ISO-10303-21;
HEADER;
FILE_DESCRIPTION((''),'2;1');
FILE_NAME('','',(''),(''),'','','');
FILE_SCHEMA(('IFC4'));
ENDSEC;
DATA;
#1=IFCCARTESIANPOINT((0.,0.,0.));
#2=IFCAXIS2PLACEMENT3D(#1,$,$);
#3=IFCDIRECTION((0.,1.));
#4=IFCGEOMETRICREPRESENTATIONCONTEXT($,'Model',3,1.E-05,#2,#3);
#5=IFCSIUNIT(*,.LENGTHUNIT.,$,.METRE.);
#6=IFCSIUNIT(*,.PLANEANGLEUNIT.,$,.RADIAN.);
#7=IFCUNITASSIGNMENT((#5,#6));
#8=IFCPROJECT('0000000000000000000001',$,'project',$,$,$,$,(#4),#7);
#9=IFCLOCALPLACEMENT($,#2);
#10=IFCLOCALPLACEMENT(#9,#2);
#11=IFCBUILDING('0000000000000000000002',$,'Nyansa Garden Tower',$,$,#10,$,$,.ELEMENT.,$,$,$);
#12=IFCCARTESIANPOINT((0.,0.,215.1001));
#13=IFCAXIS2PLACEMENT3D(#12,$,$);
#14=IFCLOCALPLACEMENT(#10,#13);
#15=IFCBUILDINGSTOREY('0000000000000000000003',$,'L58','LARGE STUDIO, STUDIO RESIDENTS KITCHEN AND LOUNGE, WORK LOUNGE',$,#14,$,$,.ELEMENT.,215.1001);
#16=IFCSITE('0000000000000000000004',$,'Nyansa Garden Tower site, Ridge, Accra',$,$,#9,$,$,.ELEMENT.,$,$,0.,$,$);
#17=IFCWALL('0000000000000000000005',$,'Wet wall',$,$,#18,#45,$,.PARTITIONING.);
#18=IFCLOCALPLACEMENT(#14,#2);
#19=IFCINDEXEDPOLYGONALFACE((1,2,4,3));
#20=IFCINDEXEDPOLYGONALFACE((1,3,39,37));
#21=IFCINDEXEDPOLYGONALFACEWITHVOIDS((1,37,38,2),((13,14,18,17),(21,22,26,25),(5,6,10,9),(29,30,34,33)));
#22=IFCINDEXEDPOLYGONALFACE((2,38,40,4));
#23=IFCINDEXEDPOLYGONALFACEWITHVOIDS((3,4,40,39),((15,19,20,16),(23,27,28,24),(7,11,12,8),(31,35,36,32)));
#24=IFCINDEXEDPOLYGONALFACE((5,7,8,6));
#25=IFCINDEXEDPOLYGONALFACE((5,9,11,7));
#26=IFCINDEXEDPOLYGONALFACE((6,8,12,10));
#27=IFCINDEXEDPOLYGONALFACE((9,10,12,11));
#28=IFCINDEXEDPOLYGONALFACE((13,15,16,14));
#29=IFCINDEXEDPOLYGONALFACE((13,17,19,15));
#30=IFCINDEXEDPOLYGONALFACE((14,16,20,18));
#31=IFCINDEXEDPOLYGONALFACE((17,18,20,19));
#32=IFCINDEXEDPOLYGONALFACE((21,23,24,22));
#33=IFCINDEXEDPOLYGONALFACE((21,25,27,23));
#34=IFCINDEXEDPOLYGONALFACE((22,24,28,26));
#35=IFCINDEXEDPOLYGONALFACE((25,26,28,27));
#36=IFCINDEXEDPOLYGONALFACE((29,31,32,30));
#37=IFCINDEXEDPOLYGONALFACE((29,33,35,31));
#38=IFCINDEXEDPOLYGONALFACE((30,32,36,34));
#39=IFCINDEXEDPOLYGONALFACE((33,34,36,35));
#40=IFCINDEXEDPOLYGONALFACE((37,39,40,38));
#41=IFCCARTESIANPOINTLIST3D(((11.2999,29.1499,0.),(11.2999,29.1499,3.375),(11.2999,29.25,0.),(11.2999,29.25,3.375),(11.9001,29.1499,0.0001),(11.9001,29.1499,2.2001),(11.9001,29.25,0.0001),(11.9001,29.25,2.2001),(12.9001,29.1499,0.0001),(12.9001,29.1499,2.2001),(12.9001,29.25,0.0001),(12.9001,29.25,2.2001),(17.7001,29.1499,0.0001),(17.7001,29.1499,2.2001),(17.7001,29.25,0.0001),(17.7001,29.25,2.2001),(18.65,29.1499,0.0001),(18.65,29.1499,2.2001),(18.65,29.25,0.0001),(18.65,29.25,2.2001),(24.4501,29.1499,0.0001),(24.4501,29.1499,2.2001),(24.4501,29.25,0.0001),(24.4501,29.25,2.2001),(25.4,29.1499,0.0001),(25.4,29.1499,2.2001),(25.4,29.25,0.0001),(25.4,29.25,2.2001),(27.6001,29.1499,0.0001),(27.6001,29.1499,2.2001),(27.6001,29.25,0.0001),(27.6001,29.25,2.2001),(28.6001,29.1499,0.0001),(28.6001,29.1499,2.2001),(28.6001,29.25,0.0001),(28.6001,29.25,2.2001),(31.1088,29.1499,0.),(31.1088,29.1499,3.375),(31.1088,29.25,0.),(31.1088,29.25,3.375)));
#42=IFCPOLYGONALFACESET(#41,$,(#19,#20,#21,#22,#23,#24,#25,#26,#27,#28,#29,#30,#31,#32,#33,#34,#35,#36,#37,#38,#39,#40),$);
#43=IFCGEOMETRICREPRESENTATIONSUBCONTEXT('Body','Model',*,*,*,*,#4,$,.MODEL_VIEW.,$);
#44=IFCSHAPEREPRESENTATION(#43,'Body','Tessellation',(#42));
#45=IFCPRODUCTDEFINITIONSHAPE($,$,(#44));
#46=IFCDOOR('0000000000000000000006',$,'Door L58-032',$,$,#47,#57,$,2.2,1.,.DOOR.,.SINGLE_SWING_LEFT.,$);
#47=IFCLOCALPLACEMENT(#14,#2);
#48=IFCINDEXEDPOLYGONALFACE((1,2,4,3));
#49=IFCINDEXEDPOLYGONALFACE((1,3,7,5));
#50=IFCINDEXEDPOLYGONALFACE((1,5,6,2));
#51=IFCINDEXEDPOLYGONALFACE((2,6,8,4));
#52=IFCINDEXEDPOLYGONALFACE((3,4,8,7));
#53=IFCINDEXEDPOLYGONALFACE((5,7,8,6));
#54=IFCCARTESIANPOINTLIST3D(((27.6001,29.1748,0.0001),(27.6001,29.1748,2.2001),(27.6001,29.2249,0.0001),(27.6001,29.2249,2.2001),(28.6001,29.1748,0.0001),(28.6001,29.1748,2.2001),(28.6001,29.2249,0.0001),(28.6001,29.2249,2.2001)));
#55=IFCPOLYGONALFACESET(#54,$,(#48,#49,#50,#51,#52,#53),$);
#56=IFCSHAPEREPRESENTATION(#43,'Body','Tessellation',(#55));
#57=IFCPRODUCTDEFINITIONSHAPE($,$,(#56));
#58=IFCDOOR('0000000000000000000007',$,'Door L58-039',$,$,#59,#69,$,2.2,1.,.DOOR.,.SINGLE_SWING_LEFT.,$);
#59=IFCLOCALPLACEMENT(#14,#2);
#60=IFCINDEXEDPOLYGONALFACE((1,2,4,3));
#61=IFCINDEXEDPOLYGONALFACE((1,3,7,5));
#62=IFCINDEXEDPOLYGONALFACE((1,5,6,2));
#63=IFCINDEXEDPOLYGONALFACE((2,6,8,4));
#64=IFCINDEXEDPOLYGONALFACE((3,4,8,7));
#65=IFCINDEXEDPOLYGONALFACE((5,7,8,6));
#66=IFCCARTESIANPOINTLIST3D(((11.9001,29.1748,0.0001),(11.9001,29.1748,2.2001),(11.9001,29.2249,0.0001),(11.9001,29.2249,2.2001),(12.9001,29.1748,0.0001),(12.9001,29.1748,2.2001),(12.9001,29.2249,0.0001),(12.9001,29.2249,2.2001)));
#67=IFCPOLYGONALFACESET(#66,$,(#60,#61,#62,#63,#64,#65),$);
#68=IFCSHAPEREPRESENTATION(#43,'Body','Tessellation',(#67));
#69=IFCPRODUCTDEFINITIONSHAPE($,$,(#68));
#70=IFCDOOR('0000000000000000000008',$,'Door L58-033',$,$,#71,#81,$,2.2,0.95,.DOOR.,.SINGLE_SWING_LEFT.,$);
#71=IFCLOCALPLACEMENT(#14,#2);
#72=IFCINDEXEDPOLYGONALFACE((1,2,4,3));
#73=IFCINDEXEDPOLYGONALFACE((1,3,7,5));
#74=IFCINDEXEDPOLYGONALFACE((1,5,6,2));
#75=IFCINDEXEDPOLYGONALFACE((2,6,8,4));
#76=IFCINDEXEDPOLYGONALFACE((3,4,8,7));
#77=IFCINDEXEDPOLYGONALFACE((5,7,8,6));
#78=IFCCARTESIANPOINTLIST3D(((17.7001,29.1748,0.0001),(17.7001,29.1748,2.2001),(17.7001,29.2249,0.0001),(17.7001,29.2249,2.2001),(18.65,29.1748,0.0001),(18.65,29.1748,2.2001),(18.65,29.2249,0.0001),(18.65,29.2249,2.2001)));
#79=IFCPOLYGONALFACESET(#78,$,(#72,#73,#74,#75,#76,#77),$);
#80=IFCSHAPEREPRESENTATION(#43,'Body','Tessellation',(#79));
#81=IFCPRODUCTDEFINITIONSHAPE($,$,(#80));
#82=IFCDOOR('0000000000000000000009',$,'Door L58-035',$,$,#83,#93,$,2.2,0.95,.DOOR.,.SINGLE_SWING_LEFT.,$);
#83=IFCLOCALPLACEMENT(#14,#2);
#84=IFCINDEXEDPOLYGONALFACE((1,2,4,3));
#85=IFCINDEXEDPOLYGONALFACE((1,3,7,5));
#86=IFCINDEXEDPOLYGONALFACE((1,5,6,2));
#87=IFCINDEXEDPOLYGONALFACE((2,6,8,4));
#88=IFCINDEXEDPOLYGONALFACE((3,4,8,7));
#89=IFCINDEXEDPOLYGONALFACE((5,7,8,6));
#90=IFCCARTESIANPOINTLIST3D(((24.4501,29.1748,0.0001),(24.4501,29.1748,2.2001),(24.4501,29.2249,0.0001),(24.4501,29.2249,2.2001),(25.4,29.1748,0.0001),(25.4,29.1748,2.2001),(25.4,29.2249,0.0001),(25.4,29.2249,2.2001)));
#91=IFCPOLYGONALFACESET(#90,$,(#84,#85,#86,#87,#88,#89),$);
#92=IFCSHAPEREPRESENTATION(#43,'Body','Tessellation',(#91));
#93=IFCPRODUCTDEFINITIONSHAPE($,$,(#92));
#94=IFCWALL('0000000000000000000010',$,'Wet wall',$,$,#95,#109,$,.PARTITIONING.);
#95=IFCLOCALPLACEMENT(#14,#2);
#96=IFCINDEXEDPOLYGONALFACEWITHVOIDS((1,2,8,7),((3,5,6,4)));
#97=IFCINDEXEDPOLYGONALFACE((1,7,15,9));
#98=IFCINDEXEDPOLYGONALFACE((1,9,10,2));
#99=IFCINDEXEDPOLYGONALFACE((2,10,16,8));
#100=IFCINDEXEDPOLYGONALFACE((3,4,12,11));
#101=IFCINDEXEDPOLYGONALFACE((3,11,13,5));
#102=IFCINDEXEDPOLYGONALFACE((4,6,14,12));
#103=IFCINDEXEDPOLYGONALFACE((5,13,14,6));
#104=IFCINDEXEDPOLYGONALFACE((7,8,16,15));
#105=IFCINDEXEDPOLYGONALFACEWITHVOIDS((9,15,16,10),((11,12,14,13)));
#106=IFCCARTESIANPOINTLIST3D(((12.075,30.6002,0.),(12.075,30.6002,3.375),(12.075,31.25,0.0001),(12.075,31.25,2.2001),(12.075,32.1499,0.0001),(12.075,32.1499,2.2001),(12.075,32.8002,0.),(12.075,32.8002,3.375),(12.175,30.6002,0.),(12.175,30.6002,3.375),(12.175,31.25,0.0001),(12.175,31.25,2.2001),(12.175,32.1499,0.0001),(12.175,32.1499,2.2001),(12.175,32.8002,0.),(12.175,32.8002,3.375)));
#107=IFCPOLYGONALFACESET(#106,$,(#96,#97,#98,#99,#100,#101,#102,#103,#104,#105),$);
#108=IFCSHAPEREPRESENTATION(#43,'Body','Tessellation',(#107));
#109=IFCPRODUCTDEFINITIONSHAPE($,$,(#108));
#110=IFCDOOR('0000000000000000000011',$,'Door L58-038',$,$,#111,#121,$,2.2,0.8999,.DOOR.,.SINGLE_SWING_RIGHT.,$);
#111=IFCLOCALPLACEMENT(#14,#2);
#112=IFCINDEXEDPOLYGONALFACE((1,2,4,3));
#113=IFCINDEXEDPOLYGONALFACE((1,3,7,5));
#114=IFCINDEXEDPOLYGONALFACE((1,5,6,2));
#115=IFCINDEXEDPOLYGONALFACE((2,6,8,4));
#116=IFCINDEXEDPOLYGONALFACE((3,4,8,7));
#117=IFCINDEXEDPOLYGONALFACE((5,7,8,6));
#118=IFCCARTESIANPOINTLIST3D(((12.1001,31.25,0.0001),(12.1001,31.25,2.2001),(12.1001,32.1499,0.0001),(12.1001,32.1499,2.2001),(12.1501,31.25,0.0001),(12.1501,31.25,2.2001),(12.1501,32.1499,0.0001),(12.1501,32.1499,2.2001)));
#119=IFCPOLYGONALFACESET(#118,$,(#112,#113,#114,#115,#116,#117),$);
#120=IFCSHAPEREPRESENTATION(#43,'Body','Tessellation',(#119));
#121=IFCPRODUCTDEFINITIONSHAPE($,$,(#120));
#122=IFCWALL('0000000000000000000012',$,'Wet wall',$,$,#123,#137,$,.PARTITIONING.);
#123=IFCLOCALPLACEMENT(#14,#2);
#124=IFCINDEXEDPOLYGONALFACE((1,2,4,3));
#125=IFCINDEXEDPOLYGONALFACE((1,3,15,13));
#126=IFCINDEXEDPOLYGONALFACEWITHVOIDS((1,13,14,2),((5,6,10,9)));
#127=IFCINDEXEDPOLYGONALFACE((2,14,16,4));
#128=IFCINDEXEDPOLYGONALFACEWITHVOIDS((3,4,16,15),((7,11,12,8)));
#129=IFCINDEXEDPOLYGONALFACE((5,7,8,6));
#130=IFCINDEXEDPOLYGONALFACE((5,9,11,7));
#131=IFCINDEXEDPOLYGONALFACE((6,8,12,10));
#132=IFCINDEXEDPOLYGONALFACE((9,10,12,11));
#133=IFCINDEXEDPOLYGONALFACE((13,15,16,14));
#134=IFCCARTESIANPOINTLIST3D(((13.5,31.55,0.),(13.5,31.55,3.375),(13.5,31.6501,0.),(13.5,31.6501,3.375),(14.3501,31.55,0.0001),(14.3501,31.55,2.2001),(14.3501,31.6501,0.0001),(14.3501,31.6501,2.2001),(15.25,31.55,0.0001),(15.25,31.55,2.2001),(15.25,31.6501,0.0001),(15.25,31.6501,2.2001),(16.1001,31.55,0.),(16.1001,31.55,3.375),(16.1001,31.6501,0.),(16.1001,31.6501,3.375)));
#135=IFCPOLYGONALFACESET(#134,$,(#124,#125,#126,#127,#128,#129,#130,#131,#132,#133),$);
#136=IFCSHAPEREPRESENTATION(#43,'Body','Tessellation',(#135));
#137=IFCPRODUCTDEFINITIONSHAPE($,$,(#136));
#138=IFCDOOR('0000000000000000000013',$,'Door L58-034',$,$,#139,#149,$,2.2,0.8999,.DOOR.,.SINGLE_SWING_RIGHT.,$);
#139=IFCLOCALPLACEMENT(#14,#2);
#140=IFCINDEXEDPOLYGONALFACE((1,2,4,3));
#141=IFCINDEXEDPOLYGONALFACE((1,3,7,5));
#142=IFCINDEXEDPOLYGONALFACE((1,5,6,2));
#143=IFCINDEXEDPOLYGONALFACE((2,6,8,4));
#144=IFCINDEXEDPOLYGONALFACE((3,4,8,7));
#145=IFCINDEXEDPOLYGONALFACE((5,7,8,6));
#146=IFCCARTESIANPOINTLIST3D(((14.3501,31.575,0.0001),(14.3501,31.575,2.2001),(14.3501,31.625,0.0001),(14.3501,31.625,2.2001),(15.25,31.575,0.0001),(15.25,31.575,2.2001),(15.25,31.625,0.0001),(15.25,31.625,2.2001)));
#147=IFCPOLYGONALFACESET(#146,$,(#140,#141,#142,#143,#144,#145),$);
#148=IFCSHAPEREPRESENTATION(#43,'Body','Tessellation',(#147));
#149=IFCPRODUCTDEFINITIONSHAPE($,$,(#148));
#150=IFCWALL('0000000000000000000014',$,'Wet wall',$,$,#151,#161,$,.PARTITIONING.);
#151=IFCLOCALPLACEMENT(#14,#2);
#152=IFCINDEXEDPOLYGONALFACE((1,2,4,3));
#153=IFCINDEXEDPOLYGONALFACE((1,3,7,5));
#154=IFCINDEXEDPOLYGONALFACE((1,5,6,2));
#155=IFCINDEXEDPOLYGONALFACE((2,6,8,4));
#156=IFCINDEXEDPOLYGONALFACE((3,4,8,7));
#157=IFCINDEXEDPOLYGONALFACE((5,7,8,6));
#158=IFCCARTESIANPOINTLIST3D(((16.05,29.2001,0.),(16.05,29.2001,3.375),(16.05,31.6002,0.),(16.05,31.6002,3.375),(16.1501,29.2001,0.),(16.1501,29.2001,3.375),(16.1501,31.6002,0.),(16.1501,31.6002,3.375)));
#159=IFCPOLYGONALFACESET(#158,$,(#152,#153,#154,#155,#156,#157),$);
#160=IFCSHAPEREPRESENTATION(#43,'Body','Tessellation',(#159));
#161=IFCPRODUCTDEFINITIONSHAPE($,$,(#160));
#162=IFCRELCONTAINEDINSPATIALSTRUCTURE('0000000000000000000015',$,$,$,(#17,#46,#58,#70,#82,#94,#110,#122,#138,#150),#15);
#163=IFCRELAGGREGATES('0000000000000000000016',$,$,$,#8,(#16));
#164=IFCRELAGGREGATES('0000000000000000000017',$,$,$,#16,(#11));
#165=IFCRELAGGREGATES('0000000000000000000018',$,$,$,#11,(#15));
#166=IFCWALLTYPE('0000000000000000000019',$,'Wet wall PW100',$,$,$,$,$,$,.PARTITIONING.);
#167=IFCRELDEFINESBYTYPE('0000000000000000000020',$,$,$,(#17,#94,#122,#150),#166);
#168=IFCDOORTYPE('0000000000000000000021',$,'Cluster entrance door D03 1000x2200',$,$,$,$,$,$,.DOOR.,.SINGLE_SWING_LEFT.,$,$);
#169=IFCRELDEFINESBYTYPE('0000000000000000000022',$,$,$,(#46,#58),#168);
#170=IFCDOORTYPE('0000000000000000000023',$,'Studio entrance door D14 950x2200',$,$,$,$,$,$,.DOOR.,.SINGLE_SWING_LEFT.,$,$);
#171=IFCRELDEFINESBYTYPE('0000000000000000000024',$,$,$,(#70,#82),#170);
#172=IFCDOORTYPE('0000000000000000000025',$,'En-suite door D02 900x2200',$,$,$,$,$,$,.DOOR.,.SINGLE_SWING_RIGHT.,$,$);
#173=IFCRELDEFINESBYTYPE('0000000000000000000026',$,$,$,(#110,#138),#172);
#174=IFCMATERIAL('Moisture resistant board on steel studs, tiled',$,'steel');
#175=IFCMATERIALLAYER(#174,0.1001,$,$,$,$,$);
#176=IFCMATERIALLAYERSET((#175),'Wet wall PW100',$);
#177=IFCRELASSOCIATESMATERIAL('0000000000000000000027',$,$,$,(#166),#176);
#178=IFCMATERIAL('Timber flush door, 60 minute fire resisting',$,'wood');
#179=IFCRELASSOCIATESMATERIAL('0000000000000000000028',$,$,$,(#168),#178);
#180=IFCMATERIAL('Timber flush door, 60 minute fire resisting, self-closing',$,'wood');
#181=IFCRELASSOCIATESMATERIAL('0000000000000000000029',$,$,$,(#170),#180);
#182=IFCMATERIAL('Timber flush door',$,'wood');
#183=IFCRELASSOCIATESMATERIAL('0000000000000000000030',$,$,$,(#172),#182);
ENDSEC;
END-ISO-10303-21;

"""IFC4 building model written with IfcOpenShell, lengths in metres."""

from ifc_helpers import new_model, si_unit, direction, frame, frame_2d, origin, place, context, subcontext, project, spatial, rectangle, extrude, material, layer, layer_set, type_object, element, fill, save


model = new_model("IFC4")

# Units and contexts
model_context = context("Model", 3, precision=1e-05, world=origin(), true_north=direction((0.0, 1.0)))
body_context = subcontext(model_context, "Body", "Model", "MODEL_VIEW")
ifc_project = project(units=[si_unit("LENGTHUNIT", "METRE"), si_unit("PLANEANGLEUNIT", "RADIAN")], contexts=[model_context])

# Site, building, storey
site_placement = place(None, origin())
site = spatial("IfcSite", under=ifc_project, at=site_placement, Name="Nyansa Garden Tower site, Ridge, Accra", CompositionType="ELEMENT", RefElevation=0.0)
building_placement = place(site_placement, origin())
building = spatial("IfcBuilding", under=site, at=building_placement, Name="Nyansa Garden Tower", CompositionType="ELEMENT")
storey_placement = place(building_placement, frame((0.0, 0.0, 215.1001)))
storey = spatial("IfcBuildingStorey", under=building, at=storey_placement, Name="L58", Description="LARGE STUDIO, STUDIO RESIDENTS KITCHEN AND LOUNGE, WORK LOUNGE", CompositionType="ELEMENT", Elevation=215.1001)

# Wall, openings, doors
ifc_material_1 = material(Name="Moisture resistant board on steel studs, tiled", Category="steel")
ifc_layer_1 = layer(ifc_material_1, 0.1001)
ifc_layer_set_1 = layer_set([ifc_layer_1], Name="Wet wall PW100")
wall_type_1 = type_object("IfcWallType", Name="Wet wall PW100", PredefinedType="PARTITIONING", material=ifc_layer_set_1)
wall_1_placement = place(storey_placement, frame((11.3, 29.2, 0.0), z_axis=(0.0, 0.0, 1.0), x_axis=(1.0, 0.0, 0.0)))
wall_1 = element("IfcWall", 1, at=wall_1_placement, inside=storey, type_object=wall_type_1, Name="Wet wall", PredefinedType="PARTITIONING", context=body_context, shape_type="SweptSolid", body=[
    extrude(rectangle(XDim=19.8088, YDim=0.1001, at=frame_2d((9.9043, 0.0))), origin(), (0.0, 0.0, 1.0), 3.375),
])
opening_1_placement = place(wall_1_placement, frame((16.3, 0.0, 0.0)))
opening_1 = element("IfcOpeningElement", 2, at=opening_1_placement, cuts=wall_1, PredefinedType="OPENING", context=body_context, shape_type="SweptSolid", body=[
    extrude(rectangle(XDim=1.0, YDim=2.2, at=frame_2d((0.5, 1.1001))), frame((0.0, 0.0601, 0.0), z_axis=(0.0, -1.0, 0.0), x_axis=(1.0, 0.0, 0.0)), (0.0, 0.0, 1.0), 0.1201),
])
opening_2_placement = place(wall_1_placement, frame((6.3999, 0.0, 0.0)))
opening_2 = element("IfcOpeningElement", 3, at=opening_2_placement, cuts=wall_1, PredefinedType="OPENING", context=body_context, shape_type="SweptSolid", body=[
    extrude(rectangle(XDim=0.95, YDim=2.2, at=frame_2d((0.4751, 1.1001))), frame((0.0, 0.0601, 0.0), z_axis=(0.0, -1.0, 0.0), x_axis=(1.0, 0.0, 0.0)), (0.0, 0.0, 1.0), 0.1201),
])
opening_3_placement = place(wall_1_placement, frame((13.1499, 0.0, 0.0)))
opening_3 = element("IfcOpeningElement", 4, at=opening_3_placement, cuts=wall_1, PredefinedType="OPENING", context=body_context, shape_type="SweptSolid", body=[
    extrude(rectangle(XDim=0.95, YDim=2.2, at=frame_2d((0.4751, 1.1001))), frame((0.0, 0.0601, 0.0), z_axis=(0.0, -1.0, 0.0), x_axis=(1.0, 0.0, 0.0)), (0.0, 0.0, 1.0), 0.1201),
])
opening_4_placement = place(wall_1_placement, frame((0.6001, 0.0, 0.0)))
opening_4 = element("IfcOpeningElement", 5, at=opening_4_placement, cuts=wall_1, PredefinedType="OPENING", context=body_context, shape_type="SweptSolid", body=[
    extrude(rectangle(XDim=1.0, YDim=2.2, at=frame_2d((0.5, 1.1001))), frame((0.0, 0.0601, 0.0), z_axis=(0.0, -1.0, 0.0), x_axis=(1.0, 0.0, 0.0)), (0.0, 0.0, 1.0), 0.1201),
])
ifc_material_2 = material(Name="Timber flush door, 60 minute fire resisting", Category="wood")
door_type_1 = type_object("IfcDoorType", Name="Cluster entrance door D03 1000x2200", OperationType="SINGLE_SWING_LEFT", PredefinedType="DOOR", material=ifc_material_2)
door_1_placement = place(opening_1_placement, origin())
door_1 = element("IfcDoor", 6, at=door_1_placement, inside=storey, type_object=door_type_1, Name="Door L58-032", OperationType="SINGLE_SWING_LEFT", OverallHeight=2.2, OverallWidth=1.0, PredefinedType="DOOR", context=body_context, shape_type="SweptSolid", body=[
    extrude(rectangle(XDim=1.0, YDim=2.2, at=frame_2d((0.5, 1.1001))), frame((0.0, 0.0249, 0.0), z_axis=(0.0, -1.0, 0.0), x_axis=(1.0, 0.0, 0.0)), (0.0, 0.0, 1.0), 0.05),
])
fill(opening_1, door_1)
door_2_placement = place(opening_4_placement, origin())
door_2 = element("IfcDoor", 7, at=door_2_placement, inside=storey, type_object=door_type_1, Name="Door L58-039", OperationType="SINGLE_SWING_LEFT", OverallHeight=2.2, OverallWidth=1.0, PredefinedType="DOOR", context=body_context, shape_type="SweptSolid", body=[
    extrude(rectangle(XDim=1.0, YDim=2.2, at=frame_2d((0.5, 1.1001))), frame((0.0, 0.0249, 0.0), z_axis=(0.0, -1.0, 0.0), x_axis=(1.0, 0.0, 0.0)), (0.0, 0.0, 1.0), 0.05),
])
fill(opening_4, door_2)
ifc_material_3 = material(Name="Timber flush door, 60 minute fire resisting, self-closing", Category="wood")
door_type_2 = type_object("IfcDoorType", Name="Studio entrance door D14 950x2200", OperationType="SINGLE_SWING_LEFT", PredefinedType="DOOR", material=ifc_material_3)
door_3_placement = place(opening_2_placement, origin())
door_3 = element("IfcDoor", 8, at=door_3_placement, inside=storey, type_object=door_type_2, Name="Door L58-033", OperationType="SINGLE_SWING_LEFT", OverallHeight=2.2, OverallWidth=0.95, PredefinedType="DOOR", context=body_context, shape_type="SweptSolid", body=[
    extrude(rectangle(XDim=0.95, YDim=2.2, at=frame_2d((0.4751, 1.1001))), frame((0.0, 0.0249, 0.0), z_axis=(0.0, -1.0, 0.0), x_axis=(1.0, 0.0, 0.0)), (0.0, 0.0, 1.0), 0.05),
])
fill(opening_2, door_3)
door_4_placement = place(opening_3_placement, origin())
door_4 = element("IfcDoor", 9, at=door_4_placement, inside=storey, type_object=door_type_2, Name="Door L58-035", OperationType="SINGLE_SWING_LEFT", OverallHeight=2.2, OverallWidth=0.95, PredefinedType="DOOR", context=body_context, shape_type="SweptSolid", body=[
    extrude(rectangle(XDim=0.95, YDim=2.2, at=frame_2d((0.4751, 1.1001))), frame((0.0, 0.0249, 0.0), z_axis=(0.0, -1.0, 0.0), x_axis=(1.0, 0.0, 0.0)), (0.0, 0.0, 1.0), 0.05),
])
fill(opening_3, door_4)

# Walls, openings, doors
wall_2_placement = place(storey_placement, frame((12.125, 30.6001, 0.0), z_axis=(0.0, 0.0, 1.0), x_axis=(0.0, 1.0, 0.0)))
wall_2 = element("IfcWall", 10, at=wall_2_placement, inside=storey, type_object=wall_type_1, Name="Wet wall", PredefinedType="PARTITIONING", context=body_context, shape_type="SweptSolid", body=[
    extrude(rectangle(XDim=2.2, YDim=0.1001, at=frame_2d((1.1001, 0.0))), origin(), (0.0, 0.0, 1.0), 3.375),
])
opening_5_placement = place(wall_2_placement, frame((0.6499, 0.0, 0.0)))
opening_5 = element("IfcOpeningElement", 11, at=opening_5_placement, cuts=wall_2, PredefinedType="OPENING", context=body_context, shape_type="SweptSolid", body=[
    extrude(rectangle(XDim=0.8999, YDim=2.2, at=frame_2d((0.45, 1.1001))), frame((0.0, 0.0601, 0.0), z_axis=(0.0, -1.0, 0.0), x_axis=(1.0, 0.0, 0.0)), (0.0, 0.0, 1.0), 0.1201),
])
ifc_material_4 = material(Name="Timber flush door", Category="wood")
door_type_3 = type_object("IfcDoorType", Name="En-suite door D02 900x2200", OperationType="SINGLE_SWING_RIGHT", PredefinedType="DOOR", material=ifc_material_4)
door_5_placement = place(opening_5_placement, origin())
door_5 = element("IfcDoor", 12, at=door_5_placement, inside=storey, type_object=door_type_3, Name="Door L58-038", OperationType="SINGLE_SWING_RIGHT", OverallHeight=2.2, OverallWidth=0.8999, PredefinedType="DOOR", context=body_context, shape_type="SweptSolid", body=[
    extrude(rectangle(XDim=0.8999, YDim=2.2, at=frame_2d((0.45, 1.1001))), frame((0.0, 0.0249, 0.0), z_axis=(0.0, -1.0, 0.0), x_axis=(1.0, 0.0, 0.0)), (0.0, 0.0, 1.0), 0.05),
])
fill(opening_5, door_5)
wall_3_placement = place(storey_placement, frame((13.5, 31.6001, 0.0), z_axis=(0.0, 0.0, 1.0), x_axis=(1.0, 0.0, 0.0)))
wall_3 = element("IfcWall", 13, at=wall_3_placement, inside=storey, type_object=wall_type_1, Name="Wet wall", PredefinedType="PARTITIONING", context=body_context, shape_type="SweptSolid", body=[
    extrude(rectangle(XDim=2.6001, YDim=0.1001, at=frame_2d((1.3, 0.0))), origin(), (0.0, 0.0, 1.0), 3.375),
])
opening_6_placement = place(wall_3_placement, frame((0.8501, 0.0, 0.0)))
opening_6 = element("IfcOpeningElement", 14, at=opening_6_placement, cuts=wall_3, PredefinedType="OPENING", context=body_context, shape_type="SweptSolid", body=[
    extrude(rectangle(XDim=0.8999, YDim=2.2, at=frame_2d((0.45, 1.1001))), frame((0.0, 0.0601, 0.0), z_axis=(0.0, -1.0, 0.0), x_axis=(1.0, 0.0, 0.0)), (0.0, 0.0, 1.0), 0.1201),
])
door_6_placement = place(opening_6_placement, origin())
door_6 = element("IfcDoor", 15, at=door_6_placement, inside=storey, type_object=door_type_3, Name="Door L58-034", OperationType="SINGLE_SWING_RIGHT", OverallHeight=2.2, OverallWidth=0.8999, PredefinedType="DOOR", context=body_context, shape_type="SweptSolid", body=[
    extrude(rectangle(XDim=0.8999, YDim=2.2, at=frame_2d((0.45, 1.1001))), frame((0.0, 0.0249, 0.0), z_axis=(0.0, -1.0, 0.0), x_axis=(1.0, 0.0, 0.0)), (0.0, 0.0, 1.0), 0.05),
])
fill(opening_6, door_6)

# Wall
wall_4_placement = place(storey_placement, frame((16.1001, 29.2, 0.0), z_axis=(0.0, 0.0, 1.0), x_axis=(0.0, 1.0, 0.0)))
element("IfcWall", 16, at=wall_4_placement, inside=storey, type_object=wall_type_1, Name="Wet wall", PredefinedType="PARTITIONING", context=body_context, shape_type="SweptSolid", body=[
    extrude(rectangle(XDim=2.4001, YDim=0.1001, at=frame_2d((1.2002, 0.0))), origin(), (0.0, 0.0, 1.0), 3.375),
])

save(model, "model.ifc")
